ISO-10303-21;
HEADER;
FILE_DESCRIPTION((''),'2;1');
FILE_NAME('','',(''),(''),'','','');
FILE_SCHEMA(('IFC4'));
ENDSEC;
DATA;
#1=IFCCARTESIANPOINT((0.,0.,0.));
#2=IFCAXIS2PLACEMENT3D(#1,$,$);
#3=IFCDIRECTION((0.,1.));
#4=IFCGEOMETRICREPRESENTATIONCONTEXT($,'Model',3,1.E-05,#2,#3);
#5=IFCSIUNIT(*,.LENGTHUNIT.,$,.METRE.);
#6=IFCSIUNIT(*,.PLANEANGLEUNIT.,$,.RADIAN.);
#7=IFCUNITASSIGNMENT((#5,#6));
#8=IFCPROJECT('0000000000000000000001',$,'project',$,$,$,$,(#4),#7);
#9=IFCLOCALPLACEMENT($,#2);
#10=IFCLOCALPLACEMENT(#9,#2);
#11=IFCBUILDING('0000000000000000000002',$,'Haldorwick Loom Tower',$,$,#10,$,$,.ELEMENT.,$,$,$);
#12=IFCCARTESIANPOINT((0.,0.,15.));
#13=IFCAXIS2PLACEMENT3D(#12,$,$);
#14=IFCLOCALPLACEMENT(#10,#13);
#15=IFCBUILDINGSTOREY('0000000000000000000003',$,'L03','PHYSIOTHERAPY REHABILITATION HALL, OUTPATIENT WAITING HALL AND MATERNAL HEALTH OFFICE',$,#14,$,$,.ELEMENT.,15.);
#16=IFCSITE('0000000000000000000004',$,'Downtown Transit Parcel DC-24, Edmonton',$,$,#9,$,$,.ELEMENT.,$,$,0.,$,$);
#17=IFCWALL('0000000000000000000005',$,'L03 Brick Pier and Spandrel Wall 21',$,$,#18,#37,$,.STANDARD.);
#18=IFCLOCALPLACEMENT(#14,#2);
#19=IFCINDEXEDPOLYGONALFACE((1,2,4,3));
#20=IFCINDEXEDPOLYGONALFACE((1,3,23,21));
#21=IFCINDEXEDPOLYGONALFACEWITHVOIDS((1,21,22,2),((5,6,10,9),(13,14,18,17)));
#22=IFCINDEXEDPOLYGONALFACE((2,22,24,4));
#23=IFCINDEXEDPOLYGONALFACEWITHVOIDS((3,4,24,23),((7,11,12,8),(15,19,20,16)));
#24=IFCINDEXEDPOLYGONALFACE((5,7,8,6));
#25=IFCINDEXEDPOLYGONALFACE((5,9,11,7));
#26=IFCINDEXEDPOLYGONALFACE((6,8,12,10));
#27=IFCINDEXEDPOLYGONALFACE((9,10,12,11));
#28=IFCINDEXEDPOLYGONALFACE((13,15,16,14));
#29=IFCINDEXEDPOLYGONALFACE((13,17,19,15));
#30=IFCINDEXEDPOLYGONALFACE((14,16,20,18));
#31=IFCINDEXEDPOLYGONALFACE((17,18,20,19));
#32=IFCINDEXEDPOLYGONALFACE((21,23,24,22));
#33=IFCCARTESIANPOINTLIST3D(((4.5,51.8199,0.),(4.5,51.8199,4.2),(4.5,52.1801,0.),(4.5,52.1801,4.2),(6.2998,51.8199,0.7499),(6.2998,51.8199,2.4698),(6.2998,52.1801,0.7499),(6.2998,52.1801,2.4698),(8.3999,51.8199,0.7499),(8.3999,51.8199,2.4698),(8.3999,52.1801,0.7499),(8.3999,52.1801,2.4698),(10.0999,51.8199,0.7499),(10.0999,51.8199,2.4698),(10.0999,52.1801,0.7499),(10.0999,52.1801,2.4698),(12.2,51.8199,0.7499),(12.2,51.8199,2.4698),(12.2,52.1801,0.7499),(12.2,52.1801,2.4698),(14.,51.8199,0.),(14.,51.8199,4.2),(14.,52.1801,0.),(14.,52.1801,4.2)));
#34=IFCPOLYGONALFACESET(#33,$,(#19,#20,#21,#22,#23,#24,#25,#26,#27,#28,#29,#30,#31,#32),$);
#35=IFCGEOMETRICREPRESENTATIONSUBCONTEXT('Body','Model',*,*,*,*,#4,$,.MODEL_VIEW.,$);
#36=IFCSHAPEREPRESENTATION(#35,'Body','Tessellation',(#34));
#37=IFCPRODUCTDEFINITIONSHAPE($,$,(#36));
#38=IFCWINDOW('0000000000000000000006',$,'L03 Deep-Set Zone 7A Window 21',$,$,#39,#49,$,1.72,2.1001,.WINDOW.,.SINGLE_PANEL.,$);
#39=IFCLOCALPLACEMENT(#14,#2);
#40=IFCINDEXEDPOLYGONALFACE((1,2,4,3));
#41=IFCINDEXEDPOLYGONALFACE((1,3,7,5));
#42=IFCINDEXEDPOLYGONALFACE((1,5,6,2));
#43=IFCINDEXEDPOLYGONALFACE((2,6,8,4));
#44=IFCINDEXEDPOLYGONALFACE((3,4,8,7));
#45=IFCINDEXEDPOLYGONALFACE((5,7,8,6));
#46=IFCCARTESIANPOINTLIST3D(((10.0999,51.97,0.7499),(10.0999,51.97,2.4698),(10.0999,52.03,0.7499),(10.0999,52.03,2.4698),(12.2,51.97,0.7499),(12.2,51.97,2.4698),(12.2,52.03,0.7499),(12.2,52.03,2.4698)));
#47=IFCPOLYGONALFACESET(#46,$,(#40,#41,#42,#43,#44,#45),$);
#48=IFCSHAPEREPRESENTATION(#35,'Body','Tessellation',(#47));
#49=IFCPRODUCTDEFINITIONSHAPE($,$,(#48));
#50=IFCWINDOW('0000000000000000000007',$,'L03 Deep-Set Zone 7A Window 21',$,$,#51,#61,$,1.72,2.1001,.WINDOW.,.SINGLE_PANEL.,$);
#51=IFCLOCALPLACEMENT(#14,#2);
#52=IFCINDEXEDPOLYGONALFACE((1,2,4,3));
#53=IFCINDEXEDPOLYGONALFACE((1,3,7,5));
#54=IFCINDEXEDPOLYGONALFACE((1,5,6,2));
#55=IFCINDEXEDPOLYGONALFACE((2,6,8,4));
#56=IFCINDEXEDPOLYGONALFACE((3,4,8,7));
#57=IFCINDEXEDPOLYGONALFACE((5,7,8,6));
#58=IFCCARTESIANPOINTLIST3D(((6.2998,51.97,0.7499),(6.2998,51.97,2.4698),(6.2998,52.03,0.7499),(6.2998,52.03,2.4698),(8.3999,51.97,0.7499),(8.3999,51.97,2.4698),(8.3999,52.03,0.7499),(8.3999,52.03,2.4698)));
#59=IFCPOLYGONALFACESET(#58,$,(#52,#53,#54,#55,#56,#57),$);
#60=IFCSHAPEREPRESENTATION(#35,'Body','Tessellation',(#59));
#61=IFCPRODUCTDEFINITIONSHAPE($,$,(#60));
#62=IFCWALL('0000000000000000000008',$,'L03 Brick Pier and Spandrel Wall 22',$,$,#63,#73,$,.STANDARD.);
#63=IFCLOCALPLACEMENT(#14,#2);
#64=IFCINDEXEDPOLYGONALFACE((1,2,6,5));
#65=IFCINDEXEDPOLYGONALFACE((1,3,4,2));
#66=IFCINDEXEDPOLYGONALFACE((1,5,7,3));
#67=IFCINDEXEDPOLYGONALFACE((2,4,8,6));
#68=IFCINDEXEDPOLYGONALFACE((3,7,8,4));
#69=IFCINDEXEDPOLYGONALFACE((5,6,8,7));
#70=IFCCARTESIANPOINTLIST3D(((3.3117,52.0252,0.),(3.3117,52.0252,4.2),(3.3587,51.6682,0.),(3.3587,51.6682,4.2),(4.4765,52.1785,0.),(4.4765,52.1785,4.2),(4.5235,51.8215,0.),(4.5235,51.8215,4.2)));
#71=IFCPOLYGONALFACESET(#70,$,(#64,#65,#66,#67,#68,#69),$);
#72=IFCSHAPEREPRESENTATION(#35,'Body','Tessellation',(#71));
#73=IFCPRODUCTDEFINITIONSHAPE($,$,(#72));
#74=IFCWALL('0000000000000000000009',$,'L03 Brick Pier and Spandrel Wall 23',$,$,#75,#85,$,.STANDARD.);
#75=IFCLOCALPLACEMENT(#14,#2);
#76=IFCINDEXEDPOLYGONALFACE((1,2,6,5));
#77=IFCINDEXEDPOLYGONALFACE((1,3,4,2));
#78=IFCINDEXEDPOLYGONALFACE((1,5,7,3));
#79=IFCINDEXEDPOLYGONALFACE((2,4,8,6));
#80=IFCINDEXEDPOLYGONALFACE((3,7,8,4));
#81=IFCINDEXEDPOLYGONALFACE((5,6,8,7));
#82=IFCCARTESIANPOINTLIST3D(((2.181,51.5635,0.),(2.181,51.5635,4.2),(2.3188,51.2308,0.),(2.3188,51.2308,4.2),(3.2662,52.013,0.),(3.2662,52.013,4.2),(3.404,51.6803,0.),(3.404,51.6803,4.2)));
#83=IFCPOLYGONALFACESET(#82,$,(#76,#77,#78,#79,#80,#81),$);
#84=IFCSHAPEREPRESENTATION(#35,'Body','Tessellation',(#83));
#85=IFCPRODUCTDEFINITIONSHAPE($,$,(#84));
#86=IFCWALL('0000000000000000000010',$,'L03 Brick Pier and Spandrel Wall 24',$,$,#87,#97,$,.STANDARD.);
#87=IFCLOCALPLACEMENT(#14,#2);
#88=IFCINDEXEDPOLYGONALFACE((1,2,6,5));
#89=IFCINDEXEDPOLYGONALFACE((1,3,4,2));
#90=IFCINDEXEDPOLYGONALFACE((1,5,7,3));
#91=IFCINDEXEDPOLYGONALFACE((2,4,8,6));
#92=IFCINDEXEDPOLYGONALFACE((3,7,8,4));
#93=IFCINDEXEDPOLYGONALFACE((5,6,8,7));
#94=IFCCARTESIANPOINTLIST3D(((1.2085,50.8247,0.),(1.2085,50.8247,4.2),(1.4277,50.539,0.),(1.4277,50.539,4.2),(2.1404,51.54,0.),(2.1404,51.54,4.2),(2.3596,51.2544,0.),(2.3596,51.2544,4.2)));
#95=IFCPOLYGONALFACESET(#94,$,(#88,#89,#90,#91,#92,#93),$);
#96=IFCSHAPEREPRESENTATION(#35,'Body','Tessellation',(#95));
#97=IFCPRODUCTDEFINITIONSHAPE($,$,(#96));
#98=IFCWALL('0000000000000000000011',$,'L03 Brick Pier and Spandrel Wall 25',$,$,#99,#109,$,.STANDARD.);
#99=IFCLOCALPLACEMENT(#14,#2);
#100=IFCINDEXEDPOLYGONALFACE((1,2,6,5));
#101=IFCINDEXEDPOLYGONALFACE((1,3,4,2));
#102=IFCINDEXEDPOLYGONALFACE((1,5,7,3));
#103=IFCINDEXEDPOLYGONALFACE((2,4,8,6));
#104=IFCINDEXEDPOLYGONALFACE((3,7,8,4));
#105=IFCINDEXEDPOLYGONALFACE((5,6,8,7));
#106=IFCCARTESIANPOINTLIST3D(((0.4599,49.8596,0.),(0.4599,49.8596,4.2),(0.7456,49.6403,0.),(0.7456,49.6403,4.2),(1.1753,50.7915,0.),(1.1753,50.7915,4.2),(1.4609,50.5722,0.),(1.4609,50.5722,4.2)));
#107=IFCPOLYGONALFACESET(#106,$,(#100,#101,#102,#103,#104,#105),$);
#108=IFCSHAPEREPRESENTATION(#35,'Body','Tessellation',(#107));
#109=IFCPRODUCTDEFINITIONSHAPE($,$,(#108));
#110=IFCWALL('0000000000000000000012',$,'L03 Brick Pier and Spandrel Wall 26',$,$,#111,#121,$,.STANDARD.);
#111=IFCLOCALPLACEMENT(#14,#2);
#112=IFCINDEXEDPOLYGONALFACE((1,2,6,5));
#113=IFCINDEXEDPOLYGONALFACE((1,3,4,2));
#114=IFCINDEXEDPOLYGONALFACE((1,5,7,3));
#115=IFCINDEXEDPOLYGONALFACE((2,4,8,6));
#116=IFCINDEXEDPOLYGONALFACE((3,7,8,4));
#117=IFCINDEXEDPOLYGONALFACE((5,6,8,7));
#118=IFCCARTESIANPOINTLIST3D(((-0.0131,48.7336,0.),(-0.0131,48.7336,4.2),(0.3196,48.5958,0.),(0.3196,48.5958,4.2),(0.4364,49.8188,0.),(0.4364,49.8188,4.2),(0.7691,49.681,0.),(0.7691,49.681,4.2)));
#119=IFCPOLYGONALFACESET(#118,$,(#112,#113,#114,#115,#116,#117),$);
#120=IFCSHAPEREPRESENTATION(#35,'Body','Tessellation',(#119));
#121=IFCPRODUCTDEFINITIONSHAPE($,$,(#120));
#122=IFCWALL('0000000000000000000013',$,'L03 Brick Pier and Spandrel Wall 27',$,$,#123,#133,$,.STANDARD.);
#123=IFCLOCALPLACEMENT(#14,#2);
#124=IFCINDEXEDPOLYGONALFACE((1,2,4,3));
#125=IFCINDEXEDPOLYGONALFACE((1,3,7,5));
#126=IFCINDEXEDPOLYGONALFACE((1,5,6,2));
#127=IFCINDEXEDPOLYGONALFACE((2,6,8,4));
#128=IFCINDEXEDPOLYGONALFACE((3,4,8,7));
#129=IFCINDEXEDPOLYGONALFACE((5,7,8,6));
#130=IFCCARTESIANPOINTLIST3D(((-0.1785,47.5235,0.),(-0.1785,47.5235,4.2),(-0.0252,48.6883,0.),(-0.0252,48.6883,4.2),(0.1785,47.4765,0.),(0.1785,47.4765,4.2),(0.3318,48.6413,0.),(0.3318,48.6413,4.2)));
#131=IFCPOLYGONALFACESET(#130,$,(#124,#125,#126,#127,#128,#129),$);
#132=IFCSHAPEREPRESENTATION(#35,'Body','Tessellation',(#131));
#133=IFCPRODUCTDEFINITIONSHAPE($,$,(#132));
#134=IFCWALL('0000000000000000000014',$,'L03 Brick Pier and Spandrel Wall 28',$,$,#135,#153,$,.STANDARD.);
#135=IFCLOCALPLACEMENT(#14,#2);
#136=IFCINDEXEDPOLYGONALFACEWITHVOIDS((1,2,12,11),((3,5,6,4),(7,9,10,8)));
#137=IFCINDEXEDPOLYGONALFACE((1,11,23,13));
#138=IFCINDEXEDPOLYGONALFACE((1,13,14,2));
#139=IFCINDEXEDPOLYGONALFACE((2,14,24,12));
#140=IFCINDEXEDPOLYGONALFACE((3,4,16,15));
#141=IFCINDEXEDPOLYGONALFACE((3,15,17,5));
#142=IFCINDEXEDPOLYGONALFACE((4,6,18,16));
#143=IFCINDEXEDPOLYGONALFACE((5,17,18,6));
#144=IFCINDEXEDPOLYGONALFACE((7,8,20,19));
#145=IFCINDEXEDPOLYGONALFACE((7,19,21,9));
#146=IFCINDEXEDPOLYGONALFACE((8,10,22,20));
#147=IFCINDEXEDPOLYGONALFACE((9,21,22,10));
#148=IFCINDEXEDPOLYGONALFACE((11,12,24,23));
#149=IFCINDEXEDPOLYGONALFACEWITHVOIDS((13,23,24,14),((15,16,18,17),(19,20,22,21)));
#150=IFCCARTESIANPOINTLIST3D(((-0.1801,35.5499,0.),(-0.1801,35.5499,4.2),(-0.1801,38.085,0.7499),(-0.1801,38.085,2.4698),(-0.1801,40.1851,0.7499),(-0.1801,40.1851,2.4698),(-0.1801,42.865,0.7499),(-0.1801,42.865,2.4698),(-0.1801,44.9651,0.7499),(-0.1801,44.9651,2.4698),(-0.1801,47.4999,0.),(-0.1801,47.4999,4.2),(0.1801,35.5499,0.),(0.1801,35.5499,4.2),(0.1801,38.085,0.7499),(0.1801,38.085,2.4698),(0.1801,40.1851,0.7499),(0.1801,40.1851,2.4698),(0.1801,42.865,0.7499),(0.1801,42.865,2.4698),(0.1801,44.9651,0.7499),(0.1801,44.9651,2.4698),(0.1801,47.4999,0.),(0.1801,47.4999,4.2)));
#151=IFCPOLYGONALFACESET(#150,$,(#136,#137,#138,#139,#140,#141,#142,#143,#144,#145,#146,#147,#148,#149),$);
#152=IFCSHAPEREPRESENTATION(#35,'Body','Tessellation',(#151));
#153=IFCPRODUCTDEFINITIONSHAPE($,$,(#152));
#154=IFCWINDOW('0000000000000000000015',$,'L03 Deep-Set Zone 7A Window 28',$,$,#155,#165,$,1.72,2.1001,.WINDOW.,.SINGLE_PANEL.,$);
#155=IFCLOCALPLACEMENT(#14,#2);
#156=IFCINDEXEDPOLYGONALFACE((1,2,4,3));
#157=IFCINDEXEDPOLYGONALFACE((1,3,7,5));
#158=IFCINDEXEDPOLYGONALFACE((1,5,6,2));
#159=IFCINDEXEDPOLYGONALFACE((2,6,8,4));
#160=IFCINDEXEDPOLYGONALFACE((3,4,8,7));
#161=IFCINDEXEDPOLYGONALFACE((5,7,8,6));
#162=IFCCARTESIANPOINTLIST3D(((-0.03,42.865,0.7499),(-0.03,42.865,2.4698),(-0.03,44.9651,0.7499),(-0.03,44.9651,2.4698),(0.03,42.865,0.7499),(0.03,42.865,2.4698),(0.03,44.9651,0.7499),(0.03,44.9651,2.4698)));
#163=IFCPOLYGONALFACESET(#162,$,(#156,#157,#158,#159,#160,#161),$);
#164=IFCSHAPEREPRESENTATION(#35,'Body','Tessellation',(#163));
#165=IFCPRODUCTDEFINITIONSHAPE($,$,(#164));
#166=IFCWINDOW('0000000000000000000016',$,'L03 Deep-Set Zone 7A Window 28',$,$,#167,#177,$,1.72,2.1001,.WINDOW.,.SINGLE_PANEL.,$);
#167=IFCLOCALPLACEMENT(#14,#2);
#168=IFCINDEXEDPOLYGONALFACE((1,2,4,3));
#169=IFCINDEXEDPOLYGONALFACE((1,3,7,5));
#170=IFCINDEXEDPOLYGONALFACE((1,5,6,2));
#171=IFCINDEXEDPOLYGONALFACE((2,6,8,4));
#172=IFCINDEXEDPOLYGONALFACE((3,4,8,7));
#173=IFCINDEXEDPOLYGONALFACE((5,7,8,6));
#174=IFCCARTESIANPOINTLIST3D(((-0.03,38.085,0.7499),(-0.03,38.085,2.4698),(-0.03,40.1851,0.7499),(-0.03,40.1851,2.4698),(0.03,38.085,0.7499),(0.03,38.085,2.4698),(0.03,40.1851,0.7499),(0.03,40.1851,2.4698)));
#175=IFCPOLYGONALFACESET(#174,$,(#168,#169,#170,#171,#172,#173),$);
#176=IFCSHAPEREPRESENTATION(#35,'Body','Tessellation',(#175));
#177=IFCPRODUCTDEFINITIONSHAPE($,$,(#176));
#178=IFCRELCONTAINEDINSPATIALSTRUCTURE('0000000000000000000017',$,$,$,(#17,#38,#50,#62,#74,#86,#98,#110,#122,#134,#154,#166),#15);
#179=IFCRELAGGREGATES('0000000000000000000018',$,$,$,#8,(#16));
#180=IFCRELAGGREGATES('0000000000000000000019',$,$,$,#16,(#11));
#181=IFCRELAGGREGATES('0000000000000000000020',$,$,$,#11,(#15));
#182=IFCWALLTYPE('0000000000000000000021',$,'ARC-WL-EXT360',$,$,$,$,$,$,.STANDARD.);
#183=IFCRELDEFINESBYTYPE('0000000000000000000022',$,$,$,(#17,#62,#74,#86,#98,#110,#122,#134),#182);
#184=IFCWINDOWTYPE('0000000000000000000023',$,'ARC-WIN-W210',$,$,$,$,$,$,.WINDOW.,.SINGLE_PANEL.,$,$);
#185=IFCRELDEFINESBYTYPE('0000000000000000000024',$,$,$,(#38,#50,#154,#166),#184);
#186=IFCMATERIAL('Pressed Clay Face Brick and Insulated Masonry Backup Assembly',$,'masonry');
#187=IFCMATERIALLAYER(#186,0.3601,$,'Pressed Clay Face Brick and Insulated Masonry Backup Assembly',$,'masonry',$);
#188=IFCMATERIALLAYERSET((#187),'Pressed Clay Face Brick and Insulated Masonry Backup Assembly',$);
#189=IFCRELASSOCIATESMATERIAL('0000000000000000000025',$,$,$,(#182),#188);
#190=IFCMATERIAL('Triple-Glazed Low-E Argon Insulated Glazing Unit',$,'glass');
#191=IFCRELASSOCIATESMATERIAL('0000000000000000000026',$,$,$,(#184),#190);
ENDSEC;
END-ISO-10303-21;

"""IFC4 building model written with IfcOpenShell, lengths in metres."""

from ifc_helpers import new_model, si_unit, direction, frame, frame_2d, origin, place, context, subcontext, project, spatial, rectangle, extrude, material, layer, layer_set, type_object, element, fill, save


model = new_model("IFC4")

# Units and contexts
model_context = context("Model", 3, precision=1e-05, world=origin(), true_north=direction((0.0, 1.0)))
body_context = subcontext(model_context, "Body", "Model", "MODEL_VIEW")
ifc_project = project(units=[si_unit("LENGTHUNIT", "METRE"), si_unit("PLANEANGLEUNIT", "RADIAN")], contexts=[model_context])

# Site, building, storey
site_placement = place(None, origin())
site = spatial("IfcSite", under=ifc_project, at=site_placement, Name="Downtown Transit Parcel DC-24, Edmonton", CompositionType="ELEMENT", RefElevation=0.0)
building_placement = place(site_placement, origin())
building = spatial("IfcBuilding", under=site, at=building_placement, Name="Haldorwick Loom Tower", CompositionType="ELEMENT")
storey_placement = place(building_placement, frame((0.0, 0.0, 15.0)))
storey = spatial("IfcBuildingStorey", under=building, at=storey_placement, Name="L03", Description="PHYSIOTHERAPY REHABILITATION HALL, OUTPATIENT WAITING HALL AND MATERNAL HEALTH OFFICE", CompositionType="ELEMENT", Elevation=15.0)

# Wall, openings, windows
ifc_material_1 = material(Name="Pressed Clay Face Brick and Insulated Masonry Backup Assembly", Category="masonry")
ifc_layer_1 = layer(ifc_material_1, 0.3601, Name="Pressed Clay Face Brick and Insulated Masonry Backup Assembly", Category="masonry")
ifc_layer_set_1 = layer_set([ifc_layer_1], Name="Pressed Clay Face Brick and Insulated Masonry Backup Assembly")
wall_type_1 = type_object("IfcWallType", Name="ARC-WL-EXT360", PredefinedType="STANDARD", material=ifc_layer_set_1)
wall_1_placement = place(storey_placement, frame((14.0, 52.0, 0.0), z_axis=(0.0, 0.0, 1.0), x_axis=(-1.0, 0.0, 0.0)))
wall_1 = element("IfcWall", 1, at=wall_1_placement, inside=storey, type_object=wall_type_1, Name="L03 Brick Pier and Spandrel Wall 21", PredefinedType="STANDARD", context=body_context, shape_type="SweptSolid", body=[
    extrude(rectangle(XDim=9.5, YDim=0.3601, at=frame_2d((4.75, 0.0))), origin(), (0.0, 0.0, 1.0), 4.2),
])
opening_1_placement = place(wall_1_placement, frame((1.8, 0.0, 0.75)))
opening_1 = element("IfcOpeningElement", 2, at=opening_1_placement, cuts=wall_1, PredefinedType="OPENING", context=body_context, shape_type="SweptSolid", body=[
    extrude(rectangle(XDim=2.1001, YDim=1.72, at=frame_2d((1.05, 0.8599))), frame((0.0, 0.1899, 0.0), z_axis=(0.0, -1.0, 0.0), x_axis=(1.0, 0.0, 0.0)), (0.0, 0.0, 1.0), 0.3801),
])
opening_2_placement = place(wall_1_placement, frame((5.6001, 0.0, 0.75)))
opening_2 = element("IfcOpeningElement", 3, at=opening_2_placement, cuts=wall_1, PredefinedType="OPENING", context=body_context, shape_type="SweptSolid", body=[
    extrude(rectangle(XDim=2.1001, YDim=1.72, at=frame_2d((1.05, 0.8599))), frame((0.0, 0.1899, 0.0), z_axis=(0.0, -1.0, 0.0), x_axis=(1.0, 0.0, 0.0)), (0.0, 0.0, 1.0), 0.3801),
])
ifc_material_2 = material(Name="Triple-Glazed Low-E Argon Insulated Glazing Unit", Category="glass")
window_type = type_object("IfcWindowType", Name="ARC-WIN-W210", PartitioningType="SINGLE_PANEL", PredefinedType="WINDOW", material=ifc_material_2)
window_1_placement = place(opening_1_placement, origin())
window_1 = element("IfcWindow", 4, at=window_1_placement, inside=storey, type_object=window_type, Name="L03 Deep-Set Zone 7A Window 21", OverallHeight=1.72, OverallWidth=2.1001, PartitioningType="SINGLE_PANEL", PredefinedType="WINDOW", context=body_context, shape_type="SweptSolid", body=[
    extrude(rectangle(XDim=2.1001, YDim=1.72, at=frame_2d((1.05, 0.8599))), frame((0.0, 0.03, 0.0), z_axis=(0.0, -1.0, 0.0), x_axis=(1.0, 0.0, 0.0)), (0.0, 0.0, 1.0), 0.0601),
])
fill(opening_1, window_1)
window_2_placement = place(opening_2_placement, origin())
window_2 = element("IfcWindow", 5, at=window_2_placement, inside=storey, type_object=window_type, Name="L03 Deep-Set Zone 7A Window 21", OverallHeight=1.72, OverallWidth=2.1001, PartitioningType="SINGLE_PANEL", PredefinedType="WINDOW", context=body_context, shape_type="SweptSolid", body=[
    extrude(rectangle(XDim=2.1001, YDim=1.72, at=frame_2d((1.05, 0.8599))), frame((0.0, 0.03, 0.0), z_axis=(0.0, -1.0, 0.0), x_axis=(1.0, 0.0, 0.0)), (0.0, 0.0, 1.0), 0.0601),
])
fill(opening_2, window_2)

# Walls
wall_2_placement = place(storey_placement, frame((4.5, 52.0, 0.0), z_axis=(0.0, 0.0, 1.0), x_axis=(-0.991448, -0.130503, 0.0)))
element("IfcWall", 6, at=wall_2_placement, inside=storey, type_object=wall_type_1, Name="L03 Brick Pier and Spandrel Wall 22", PredefinedType="STANDARD", context=body_context, shape_type="SweptSolid", body=[
    extrude(rectangle(XDim=1.1748, YDim=0.3601, at=frame_2d((0.5874, 0.0))), origin(), (0.0, 0.0, 1.0), 4.2),
])
wall_3_placement = place(storey_placement, frame((3.3352, 51.8467, 0.0), z_axis=(0.0, 0.0, 1.0), x_axis=(-0.923893, -0.382652, 0.0)))
element("IfcWall", 7, at=wall_3_placement, inside=storey, type_object=wall_type_1, Name="L03 Brick Pier and Spandrel Wall 23", PredefinedType="STANDARD", context=body_context, shape_type="SweptSolid", body=[
    extrude(rectangle(XDim=1.1746, YDim=0.3601, at=frame_2d((0.5874, 0.0))), origin(), (0.0, 0.0, 1.0), 4.2),
])
for number, where, z_axis, x_axis, name in (
    (8, (2.25, 51.3972, 0.0), (0.0, 0.0, 1.0), (-0.793242, -0.608907, 0.0), "L03 Brick Pier and Spandrel Wall 24"),
    (9, (1.3181, 50.6819, 0.0), (0.0, 0.0, 1.0), (-0.608907, -0.793242, 0.0), "L03 Brick Pier and Spandrel Wall 25"),
):
    element("IfcWall", number, at=place(storey_placement, frame(where, z_axis=z_axis, x_axis=x_axis)), inside=storey, type_object=wall_type_1, Name=name, PredefinedType="STANDARD", context=body_context, shape_type="SweptSolid", body=[
        extrude(rectangle(XDim=1.1748, YDim=0.3601, at=frame_2d((0.5874, 0.0))), origin(), (0.0, 0.0, 1.0), 4.2),
    ])
wall_4_placement = place(storey_placement, frame((0.6028, 49.75, 0.0), z_axis=(0.0, 0.0, 1.0), x_axis=(-0.382652, -0.923893, 0.0)))
element("IfcWall", 10, at=wall_4_placement, inside=storey, type_object=wall_type_1, Name="L03 Brick Pier and Spandrel Wall 26", PredefinedType="STANDARD", context=body_context, shape_type="SweptSolid", body=[
    extrude(rectangle(XDim=1.1746, YDim=0.3601, at=frame_2d((0.5874, 0.0))), origin(), (0.0, 0.0, 1.0), 4.2),
])
wall_5_placement = place(storey_placement, frame((0.1533, 48.6648, 0.0), z_axis=(0.0, 0.0, 1.0), x_axis=(-0.130503, -0.991448, 0.0)))
element("IfcWall", 11, at=wall_5_placement, inside=storey, type_object=wall_type_1, Name="L03 Brick Pier and Spandrel Wall 27", PredefinedType="STANDARD", context=body_context, shape_type="SweptSolid", body=[
    extrude(rectangle(XDim=1.1748, YDim=0.3601, at=frame_2d((0.5874, 0.0))), origin(), (0.0, 0.0, 1.0), 4.2),
])

# Wall, openings, windows
wall_6_placement = place(storey_placement, frame((0.0, 47.5, 0.0), z_axis=(0.0, 0.0, 1.0), x_axis=(0.0, -1.0, 0.0)))
wall_6 = element("IfcWall", 12, at=wall_6_placement, inside=storey, type_object=wall_type_1, Name="L03 Brick Pier and Spandrel Wall 28", PredefinedType="STANDARD", context=body_context, shape_type="SweptSolid", body=[
    extrude(rectangle(XDim=11.95, YDim=0.3601, at=frame_2d((5.9751, 0.0))), origin(), (0.0, 0.0, 1.0), 4.2),
])
opening_3_placement = place(wall_6_placement, frame((2.5349, 0.0, 0.75)))
opening_3 = element("IfcOpeningElement", 13, at=opening_3_placement, cuts=wall_6, PredefinedType="OPENING", context=body_context, shape_type="SweptSolid", body=[
    extrude(rectangle(XDim=2.1001, YDim=1.72, at=frame_2d((1.05, 0.8599))), frame((0.0, 0.1899, 0.0), z_axis=(0.0, -1.0, 0.0), x_axis=(1.0, 0.0, 0.0)), (0.0, 0.0, 1.0), 0.3801),
])
opening_4_placement = place(wall_6_placement, frame((7.3149, 0.0, 0.75)))
opening_4 = element("IfcOpeningElement", 14, at=opening_4_placement, cuts=wall_6, PredefinedType="OPENING", context=body_context, shape_type="SweptSolid", body=[
    extrude(rectangle(XDim=2.1001, YDim=1.72, at=frame_2d((1.05, 0.8599))), frame((0.0, 0.1899, 0.0), z_axis=(0.0, -1.0, 0.0), x_axis=(1.0, 0.0, 0.0)), (0.0, 0.0, 1.0), 0.3801),
])
window_3_placement = place(opening_3_placement, origin())
window_3 = element("IfcWindow", 15, at=window_3_placement, inside=storey, type_object=window_type, Name="L03 Deep-Set Zone 7A Window 28", OverallHeight=1.72, OverallWidth=2.1001, PartitioningType="SINGLE_PANEL", PredefinedType="WINDOW", context=body_context, shape_type="SweptSolid", body=[
    extrude(rectangle(XDim=2.1001, YDim=1.72, at=frame_2d((1.05, 0.8599))), frame((0.0, 0.03, 0.0), z_axis=(0.0, -1.0, 0.0), x_axis=(1.0, 0.0, 0.0)), (0.0, 0.0, 1.0), 0.0601),
])
fill(opening_3, window_3)
window_4_placement = place(opening_4_placement, origin())
window_4 = element("IfcWindow", 16, at=window_4_placement, inside=storey, type_object=window_type, Name="L03 Deep-Set Zone 7A Window 28", OverallHeight=1.72, OverallWidth=2.1001, PartitioningType="SINGLE_PANEL", PredefinedType="WINDOW", context=body_context, shape_type="SweptSolid", body=[
    extrude(rectangle(XDim=2.1001, YDim=1.72, at=frame_2d((1.05, 0.8599))), frame((0.0, 0.03, 0.0), z_axis=(0.0, -1.0, 0.0), x_axis=(1.0, 0.0, 0.0)), (0.0, 0.0, 1.0), 0.0601),
])
fill(opening_4, window_4)

save(model, "model.ifc")
